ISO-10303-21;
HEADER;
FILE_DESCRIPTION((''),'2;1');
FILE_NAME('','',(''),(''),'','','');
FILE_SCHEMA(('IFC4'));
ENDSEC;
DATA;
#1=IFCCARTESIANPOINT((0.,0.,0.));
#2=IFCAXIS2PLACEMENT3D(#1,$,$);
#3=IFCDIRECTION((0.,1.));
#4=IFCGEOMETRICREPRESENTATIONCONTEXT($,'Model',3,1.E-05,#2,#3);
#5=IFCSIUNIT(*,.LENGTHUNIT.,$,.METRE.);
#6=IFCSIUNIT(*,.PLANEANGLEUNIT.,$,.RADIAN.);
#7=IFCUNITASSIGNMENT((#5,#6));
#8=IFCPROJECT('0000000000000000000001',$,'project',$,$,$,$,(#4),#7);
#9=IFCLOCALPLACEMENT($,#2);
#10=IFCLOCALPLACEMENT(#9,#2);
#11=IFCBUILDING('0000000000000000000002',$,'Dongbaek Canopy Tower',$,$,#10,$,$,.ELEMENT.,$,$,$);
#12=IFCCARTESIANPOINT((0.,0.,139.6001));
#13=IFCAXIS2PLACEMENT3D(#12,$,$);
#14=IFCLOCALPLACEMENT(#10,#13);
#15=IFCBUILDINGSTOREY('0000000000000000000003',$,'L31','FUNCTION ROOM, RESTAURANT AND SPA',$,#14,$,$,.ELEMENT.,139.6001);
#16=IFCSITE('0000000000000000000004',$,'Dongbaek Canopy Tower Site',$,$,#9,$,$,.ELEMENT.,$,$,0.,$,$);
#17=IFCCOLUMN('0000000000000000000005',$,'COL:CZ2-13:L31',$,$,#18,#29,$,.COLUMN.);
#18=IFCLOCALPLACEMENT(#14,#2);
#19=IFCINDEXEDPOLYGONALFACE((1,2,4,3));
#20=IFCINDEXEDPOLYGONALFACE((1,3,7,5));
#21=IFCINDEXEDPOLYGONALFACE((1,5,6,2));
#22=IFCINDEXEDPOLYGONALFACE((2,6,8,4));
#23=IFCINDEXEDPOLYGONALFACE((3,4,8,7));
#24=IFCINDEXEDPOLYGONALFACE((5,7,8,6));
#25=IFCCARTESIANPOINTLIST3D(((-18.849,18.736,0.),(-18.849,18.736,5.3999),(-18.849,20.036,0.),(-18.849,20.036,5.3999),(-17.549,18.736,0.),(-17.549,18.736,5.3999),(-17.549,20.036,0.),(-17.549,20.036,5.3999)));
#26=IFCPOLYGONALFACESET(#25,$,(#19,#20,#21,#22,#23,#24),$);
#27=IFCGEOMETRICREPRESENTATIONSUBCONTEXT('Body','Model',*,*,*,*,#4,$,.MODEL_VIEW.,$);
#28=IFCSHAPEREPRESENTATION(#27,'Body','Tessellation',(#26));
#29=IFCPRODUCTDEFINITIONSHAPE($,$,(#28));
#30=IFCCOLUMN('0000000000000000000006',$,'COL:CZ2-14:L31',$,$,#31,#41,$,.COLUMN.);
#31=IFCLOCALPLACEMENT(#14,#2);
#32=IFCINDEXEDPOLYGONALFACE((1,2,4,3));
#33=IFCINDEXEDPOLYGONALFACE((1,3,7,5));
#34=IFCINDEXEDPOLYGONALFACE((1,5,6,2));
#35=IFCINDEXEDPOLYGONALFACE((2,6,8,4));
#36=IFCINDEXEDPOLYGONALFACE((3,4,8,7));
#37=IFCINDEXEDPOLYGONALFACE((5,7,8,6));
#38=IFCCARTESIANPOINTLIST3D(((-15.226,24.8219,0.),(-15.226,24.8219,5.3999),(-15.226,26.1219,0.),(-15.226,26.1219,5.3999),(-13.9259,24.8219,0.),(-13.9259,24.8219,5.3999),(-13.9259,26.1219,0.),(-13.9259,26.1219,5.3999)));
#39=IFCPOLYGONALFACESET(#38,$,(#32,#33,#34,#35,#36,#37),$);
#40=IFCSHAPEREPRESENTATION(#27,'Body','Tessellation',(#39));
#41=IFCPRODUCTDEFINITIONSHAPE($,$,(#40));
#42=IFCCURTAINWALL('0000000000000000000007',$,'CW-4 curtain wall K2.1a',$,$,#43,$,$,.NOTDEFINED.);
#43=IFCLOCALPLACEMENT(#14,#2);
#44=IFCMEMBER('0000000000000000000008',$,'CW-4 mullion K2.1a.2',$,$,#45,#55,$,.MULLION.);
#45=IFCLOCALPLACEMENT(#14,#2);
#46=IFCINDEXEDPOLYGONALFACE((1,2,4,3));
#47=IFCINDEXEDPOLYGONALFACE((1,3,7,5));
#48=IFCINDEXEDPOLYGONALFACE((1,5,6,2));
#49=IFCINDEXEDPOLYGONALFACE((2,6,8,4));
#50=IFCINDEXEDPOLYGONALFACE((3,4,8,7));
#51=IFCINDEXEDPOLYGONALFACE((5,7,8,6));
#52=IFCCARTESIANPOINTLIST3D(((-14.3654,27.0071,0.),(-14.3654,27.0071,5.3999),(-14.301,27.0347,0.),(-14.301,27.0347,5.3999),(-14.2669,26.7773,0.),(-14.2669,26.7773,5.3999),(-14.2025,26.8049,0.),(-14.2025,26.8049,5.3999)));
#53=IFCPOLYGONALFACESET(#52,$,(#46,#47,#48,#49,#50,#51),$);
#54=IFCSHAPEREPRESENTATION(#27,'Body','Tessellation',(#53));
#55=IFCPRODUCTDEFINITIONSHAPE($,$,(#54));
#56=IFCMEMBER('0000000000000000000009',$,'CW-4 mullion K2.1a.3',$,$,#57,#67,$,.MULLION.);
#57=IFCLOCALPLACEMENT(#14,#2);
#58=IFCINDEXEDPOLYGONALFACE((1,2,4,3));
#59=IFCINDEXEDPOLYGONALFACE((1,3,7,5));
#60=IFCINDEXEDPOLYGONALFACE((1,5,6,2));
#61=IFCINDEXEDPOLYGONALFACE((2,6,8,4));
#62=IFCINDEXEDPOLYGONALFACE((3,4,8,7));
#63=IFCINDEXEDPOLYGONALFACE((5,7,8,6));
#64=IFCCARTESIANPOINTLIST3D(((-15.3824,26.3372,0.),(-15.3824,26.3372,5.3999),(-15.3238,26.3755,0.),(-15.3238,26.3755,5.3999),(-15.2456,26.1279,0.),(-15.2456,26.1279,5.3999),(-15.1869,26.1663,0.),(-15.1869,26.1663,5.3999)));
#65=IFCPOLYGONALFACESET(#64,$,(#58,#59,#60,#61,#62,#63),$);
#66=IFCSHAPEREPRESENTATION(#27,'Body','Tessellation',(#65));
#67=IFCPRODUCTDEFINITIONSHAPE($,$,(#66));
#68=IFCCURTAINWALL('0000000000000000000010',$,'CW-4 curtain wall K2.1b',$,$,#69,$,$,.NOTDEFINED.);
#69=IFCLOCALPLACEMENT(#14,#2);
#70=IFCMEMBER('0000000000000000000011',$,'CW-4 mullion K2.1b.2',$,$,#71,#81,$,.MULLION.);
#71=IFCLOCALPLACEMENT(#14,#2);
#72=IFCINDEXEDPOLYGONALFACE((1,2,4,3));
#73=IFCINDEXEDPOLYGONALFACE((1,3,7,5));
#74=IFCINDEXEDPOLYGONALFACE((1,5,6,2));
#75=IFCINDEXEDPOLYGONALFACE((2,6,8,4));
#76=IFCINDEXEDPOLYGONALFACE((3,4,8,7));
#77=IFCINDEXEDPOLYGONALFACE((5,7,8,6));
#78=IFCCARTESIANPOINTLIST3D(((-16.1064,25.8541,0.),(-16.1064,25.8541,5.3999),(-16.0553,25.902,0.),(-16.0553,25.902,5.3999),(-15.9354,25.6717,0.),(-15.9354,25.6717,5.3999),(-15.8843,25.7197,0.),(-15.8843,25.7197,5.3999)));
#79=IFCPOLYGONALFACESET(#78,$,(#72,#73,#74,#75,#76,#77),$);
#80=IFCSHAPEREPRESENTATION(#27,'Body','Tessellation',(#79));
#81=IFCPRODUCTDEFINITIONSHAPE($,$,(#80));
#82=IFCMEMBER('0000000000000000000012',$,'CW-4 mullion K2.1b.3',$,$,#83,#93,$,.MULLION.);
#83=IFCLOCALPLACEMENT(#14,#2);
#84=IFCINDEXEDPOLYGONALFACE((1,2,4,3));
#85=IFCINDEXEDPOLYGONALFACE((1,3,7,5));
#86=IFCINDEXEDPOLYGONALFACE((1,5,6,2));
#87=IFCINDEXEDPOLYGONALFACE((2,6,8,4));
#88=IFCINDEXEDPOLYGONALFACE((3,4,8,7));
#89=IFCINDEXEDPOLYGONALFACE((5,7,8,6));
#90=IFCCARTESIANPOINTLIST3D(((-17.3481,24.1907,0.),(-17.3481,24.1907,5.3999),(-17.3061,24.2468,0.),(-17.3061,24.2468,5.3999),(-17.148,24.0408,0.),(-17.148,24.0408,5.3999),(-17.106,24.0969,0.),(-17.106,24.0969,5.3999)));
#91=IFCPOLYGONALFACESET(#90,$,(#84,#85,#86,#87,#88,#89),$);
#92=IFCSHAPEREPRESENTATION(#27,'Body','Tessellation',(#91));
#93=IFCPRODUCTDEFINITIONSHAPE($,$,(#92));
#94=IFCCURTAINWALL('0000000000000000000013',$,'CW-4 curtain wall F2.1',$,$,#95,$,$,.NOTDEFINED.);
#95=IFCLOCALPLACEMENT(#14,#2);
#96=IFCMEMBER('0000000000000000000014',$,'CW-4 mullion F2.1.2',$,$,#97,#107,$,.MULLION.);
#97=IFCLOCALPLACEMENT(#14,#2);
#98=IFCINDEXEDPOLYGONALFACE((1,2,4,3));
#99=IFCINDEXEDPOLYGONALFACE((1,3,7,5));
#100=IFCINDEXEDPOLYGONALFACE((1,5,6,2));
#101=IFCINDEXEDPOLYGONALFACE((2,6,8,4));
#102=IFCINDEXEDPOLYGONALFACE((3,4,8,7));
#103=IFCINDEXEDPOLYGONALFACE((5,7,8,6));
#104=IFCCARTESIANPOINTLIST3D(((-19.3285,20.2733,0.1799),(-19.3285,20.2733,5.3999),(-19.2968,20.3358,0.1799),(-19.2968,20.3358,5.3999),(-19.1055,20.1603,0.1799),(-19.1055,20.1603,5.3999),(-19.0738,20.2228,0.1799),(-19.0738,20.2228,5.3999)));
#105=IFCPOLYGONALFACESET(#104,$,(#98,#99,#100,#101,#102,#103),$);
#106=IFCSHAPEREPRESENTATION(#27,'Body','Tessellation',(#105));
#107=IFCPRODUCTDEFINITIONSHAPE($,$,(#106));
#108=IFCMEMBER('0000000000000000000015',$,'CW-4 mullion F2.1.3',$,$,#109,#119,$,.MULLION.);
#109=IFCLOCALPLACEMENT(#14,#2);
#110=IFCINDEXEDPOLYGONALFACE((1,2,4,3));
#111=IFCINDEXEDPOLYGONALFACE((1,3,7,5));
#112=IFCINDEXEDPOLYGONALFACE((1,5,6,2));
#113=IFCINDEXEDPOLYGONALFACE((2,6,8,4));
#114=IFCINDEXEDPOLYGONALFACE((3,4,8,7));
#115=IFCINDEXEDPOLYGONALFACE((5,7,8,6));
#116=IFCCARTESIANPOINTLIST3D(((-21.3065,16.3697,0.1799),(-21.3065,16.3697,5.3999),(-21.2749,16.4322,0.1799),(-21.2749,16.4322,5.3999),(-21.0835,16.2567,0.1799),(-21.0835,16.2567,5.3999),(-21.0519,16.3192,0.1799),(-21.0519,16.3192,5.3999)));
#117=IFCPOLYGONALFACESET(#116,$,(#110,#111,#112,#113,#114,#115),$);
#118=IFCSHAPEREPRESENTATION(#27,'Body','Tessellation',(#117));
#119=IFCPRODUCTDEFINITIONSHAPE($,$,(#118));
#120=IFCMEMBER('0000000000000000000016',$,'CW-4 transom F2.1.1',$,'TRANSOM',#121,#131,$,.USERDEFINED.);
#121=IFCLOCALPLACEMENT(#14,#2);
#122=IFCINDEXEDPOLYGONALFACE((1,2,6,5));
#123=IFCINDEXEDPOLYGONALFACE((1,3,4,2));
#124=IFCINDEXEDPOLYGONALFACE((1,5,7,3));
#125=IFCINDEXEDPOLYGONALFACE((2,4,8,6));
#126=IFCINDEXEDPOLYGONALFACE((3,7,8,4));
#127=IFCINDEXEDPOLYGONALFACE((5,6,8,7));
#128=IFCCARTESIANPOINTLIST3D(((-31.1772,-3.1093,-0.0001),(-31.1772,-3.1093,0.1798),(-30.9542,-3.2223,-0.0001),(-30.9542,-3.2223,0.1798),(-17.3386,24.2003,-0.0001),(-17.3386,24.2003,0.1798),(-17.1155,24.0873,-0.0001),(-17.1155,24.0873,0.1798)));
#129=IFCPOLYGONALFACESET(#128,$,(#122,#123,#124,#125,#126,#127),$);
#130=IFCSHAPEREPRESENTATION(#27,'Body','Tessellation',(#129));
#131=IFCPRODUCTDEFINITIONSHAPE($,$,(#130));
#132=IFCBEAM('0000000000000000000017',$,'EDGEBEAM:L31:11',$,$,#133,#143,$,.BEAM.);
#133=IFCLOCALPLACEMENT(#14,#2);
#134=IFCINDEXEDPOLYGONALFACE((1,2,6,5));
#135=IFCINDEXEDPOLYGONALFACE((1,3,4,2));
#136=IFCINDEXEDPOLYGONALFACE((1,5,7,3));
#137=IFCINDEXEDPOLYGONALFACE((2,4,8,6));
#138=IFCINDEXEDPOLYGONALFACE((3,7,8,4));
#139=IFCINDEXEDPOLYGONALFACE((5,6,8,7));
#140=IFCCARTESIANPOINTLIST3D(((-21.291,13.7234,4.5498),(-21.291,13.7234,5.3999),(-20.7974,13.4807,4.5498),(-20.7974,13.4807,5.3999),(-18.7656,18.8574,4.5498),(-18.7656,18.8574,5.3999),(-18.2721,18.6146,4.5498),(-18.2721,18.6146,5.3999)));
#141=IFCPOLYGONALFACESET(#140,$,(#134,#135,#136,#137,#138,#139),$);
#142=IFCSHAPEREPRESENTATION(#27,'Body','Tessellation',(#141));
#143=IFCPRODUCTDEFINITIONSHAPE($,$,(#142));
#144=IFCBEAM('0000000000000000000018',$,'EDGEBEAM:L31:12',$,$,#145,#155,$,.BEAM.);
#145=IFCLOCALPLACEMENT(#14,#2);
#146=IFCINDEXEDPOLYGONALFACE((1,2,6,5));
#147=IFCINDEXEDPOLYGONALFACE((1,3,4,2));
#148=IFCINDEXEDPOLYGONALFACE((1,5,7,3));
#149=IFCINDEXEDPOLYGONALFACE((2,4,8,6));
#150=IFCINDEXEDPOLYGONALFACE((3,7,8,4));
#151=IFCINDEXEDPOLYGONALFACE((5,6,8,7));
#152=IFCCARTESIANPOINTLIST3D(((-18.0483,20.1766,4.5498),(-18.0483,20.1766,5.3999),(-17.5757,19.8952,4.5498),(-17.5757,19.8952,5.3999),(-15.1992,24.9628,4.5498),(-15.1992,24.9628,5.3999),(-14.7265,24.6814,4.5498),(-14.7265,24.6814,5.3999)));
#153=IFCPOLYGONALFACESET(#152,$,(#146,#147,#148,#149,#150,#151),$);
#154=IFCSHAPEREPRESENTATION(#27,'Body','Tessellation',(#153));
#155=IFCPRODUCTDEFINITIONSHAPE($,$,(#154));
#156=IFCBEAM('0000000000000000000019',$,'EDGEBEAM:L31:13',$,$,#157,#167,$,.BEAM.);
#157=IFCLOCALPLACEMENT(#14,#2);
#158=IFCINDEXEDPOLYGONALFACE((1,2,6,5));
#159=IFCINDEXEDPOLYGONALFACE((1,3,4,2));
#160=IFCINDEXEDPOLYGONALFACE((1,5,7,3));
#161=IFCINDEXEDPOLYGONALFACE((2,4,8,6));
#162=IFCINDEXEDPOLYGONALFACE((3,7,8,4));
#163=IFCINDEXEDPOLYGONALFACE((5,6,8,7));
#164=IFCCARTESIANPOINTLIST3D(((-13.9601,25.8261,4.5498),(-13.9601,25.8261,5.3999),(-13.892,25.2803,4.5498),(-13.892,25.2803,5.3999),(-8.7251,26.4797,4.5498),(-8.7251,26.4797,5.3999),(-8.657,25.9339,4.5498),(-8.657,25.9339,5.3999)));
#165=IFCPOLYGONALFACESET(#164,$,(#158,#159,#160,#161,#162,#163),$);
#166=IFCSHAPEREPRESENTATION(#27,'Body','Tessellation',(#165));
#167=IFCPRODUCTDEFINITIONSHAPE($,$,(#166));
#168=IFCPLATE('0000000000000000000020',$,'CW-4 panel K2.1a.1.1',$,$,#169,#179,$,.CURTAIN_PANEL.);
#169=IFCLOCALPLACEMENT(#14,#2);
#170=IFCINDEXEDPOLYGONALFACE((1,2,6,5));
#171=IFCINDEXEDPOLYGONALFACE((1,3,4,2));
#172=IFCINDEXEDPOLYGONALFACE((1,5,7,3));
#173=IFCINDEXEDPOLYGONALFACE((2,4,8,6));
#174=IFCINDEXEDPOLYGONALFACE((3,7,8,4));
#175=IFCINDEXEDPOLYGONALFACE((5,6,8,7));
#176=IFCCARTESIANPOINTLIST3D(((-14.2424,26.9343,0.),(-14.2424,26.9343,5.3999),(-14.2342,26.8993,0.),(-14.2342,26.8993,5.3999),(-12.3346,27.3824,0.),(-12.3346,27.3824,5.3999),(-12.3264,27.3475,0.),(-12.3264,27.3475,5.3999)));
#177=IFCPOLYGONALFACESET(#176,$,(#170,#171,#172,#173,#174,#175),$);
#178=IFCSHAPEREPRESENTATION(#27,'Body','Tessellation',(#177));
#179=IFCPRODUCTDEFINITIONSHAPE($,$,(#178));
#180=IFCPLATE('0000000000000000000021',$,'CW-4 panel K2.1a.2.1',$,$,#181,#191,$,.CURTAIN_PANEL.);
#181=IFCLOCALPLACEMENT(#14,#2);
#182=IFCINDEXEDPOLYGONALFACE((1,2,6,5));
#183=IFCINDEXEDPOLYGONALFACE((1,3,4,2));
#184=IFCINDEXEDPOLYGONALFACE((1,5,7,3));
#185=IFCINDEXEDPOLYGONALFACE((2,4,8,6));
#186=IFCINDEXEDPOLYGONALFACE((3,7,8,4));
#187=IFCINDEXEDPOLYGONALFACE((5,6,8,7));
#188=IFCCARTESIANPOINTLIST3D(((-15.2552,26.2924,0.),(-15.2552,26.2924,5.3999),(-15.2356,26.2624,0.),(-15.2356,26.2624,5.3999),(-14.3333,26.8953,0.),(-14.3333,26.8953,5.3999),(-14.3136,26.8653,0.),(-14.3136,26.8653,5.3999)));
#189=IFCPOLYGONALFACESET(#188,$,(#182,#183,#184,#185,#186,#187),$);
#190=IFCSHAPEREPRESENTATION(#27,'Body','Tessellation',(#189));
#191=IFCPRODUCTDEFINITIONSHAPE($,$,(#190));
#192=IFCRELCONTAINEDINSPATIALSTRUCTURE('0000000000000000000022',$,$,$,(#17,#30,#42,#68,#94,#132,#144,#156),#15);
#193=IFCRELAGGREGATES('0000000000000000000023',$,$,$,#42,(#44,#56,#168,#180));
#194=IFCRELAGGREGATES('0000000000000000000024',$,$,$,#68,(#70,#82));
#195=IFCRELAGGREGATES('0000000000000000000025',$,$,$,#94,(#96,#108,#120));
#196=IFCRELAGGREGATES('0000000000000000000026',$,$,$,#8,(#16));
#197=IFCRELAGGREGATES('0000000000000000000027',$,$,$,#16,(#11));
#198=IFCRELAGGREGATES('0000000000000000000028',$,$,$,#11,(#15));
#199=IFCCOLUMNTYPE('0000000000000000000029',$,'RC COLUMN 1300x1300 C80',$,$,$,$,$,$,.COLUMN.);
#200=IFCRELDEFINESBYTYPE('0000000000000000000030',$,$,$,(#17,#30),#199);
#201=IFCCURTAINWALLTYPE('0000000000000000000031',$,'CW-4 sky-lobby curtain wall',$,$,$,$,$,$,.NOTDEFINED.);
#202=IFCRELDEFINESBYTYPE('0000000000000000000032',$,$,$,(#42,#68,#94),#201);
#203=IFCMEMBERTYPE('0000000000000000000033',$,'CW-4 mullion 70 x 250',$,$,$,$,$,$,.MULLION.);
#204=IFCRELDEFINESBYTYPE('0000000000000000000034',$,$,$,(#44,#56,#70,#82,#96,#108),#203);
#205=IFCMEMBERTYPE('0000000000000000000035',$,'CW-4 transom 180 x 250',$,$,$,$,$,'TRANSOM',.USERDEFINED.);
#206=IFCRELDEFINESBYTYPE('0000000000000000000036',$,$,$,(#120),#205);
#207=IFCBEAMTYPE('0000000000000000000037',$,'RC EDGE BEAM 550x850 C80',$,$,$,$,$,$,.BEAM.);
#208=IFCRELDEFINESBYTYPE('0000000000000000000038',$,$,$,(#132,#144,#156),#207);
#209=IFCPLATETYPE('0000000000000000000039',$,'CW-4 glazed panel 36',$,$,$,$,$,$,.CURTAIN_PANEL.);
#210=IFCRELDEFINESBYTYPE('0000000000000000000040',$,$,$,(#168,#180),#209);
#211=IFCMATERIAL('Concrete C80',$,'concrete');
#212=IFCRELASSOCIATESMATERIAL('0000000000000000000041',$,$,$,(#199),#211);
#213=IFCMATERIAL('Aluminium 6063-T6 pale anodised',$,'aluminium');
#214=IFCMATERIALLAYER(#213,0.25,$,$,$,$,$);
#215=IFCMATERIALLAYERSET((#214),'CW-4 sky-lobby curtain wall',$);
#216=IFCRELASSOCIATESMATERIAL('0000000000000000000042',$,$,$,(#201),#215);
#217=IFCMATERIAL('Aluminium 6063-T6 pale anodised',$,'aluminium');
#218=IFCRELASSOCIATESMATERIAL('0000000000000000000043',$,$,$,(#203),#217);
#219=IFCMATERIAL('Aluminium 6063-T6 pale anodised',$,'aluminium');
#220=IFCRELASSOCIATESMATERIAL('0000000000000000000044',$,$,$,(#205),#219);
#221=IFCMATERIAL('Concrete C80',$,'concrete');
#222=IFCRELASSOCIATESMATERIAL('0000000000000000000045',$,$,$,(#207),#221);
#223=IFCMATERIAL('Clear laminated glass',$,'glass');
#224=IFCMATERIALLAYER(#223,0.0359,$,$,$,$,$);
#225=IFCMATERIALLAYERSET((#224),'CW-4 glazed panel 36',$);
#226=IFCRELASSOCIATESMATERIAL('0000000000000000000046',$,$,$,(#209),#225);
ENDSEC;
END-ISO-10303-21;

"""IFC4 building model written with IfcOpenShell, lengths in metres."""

from ifc_helpers import new_model, si_unit, direction, frame, origin, origin_2d, place, context, subcontext, project, spatial, rectangle, extrude, material, layer, layer_set, material_profile, profile_set, type_object, element, aggregate, save


model = new_model("IFC4")

# Units and contexts
model_context = context("Model", 3, precision=1e-05, world=origin(), true_north=direction((0.0, 1.0)))
body_context = subcontext(model_context, "Body", "Model", "MODEL_VIEW")
ifc_project = project(units=[si_unit("LENGTHUNIT", "METRE"), si_unit("PLANEANGLEUNIT", "RADIAN")], contexts=[model_context])

# Site, building, storey
site_placement = place(None, origin())
site = spatial("IfcSite", under=ifc_project, at=site_placement, Name="Dongbaek Canopy Tower Site", CompositionType="ELEMENT", RefElevation=0.0)
building_placement = place(site_placement, origin())
building = spatial("IfcBuilding", under=site, at=building_placement, Name="Dongbaek Canopy Tower", CompositionType="ELEMENT")
storey_placement = place(building_placement, frame((0.0, 0.0, 139.6001)))
storey = spatial("IfcBuildingStorey", under=building, at=storey_placement, Name="L31", Description="FUNCTION ROOM, RESTAURANT AND SPA", CompositionType="ELEMENT", Elevation=139.6001)

# Columns
ifc_material_1 = material(Name="Concrete C80", Category="concrete")
ifc_material_profile_1 = material_profile(ifc_material_1, rectangle(XDim=1.3, YDim=1.3, at=origin_2d()), Name="RC COLUMN 1300x1300 C80")
ifc_profile_set_1 = profile_set([ifc_material_profile_1], Name="Concrete C80")
column_type = type_object("IfcColumnType", Name="RC COLUMN 1300x1300 C80", PredefinedType="COLUMN", material=ifc_profile_set_1)
for number, where, z_axis, x_axis, name in (
    (1, (-18.199, 19.386, 0.0), (0.0, 0.0, 1.0), (1.0, 0.0, 0.0), "COL:CZ2-13:L31"),
    (2, (-14.5759, 25.4719, 0.0), (0.0, 0.0, 1.0), (1.0, 0.0, 0.0), "COL:CZ2-14:L31"),
):
    element("IfcColumn", number, at=place(storey_placement, frame(where, z_axis=z_axis, x_axis=x_axis)), inside=storey, type_object=column_type, Name=name, PredefinedType="COLUMN", context=body_context, shape_type="SweptSolid", body=[
        extrude(rectangle(XDim=1.3, YDim=1.3, at=origin_2d()), origin(), (0.0, 0.0, 1.0), 5.3999),
    ])

# Curtain walls, members
ifc_material_2 = material(Name="Aluminium 6063-T6 pale anodised", Category="aluminium")
ifc_layer_1 = layer(ifc_material_2, 0.25)
ifc_layer_set_1 = layer_set([ifc_layer_1], Name="CW-4 sky-lobby curtain wall")
curtain_wall_type = type_object("IfcCurtainWallType", Name="CW-4 sky-lobby curtain wall", PredefinedType="NOTDEFINED", material=ifc_layer_set_1)
curtain_wall_1_placement = place(storey_placement, origin())
curtain_wall_1 = element("IfcCurtainWall", 3, at=curtain_wall_1_placement, inside=storey, type_object=curtain_wall_type, Name="CW-4 curtain wall K2.1a", PredefinedType="NOTDEFINED")
ifc_material_3 = material(Name="Aluminium 6063-T6 pale anodised", Category="aluminium")
ifc_material_profile_2 = material_profile(ifc_material_3, rectangle(XDim=0.25, YDim=0.0701, at=origin_2d()), Name="CW-4 mullion 70 x 250")
ifc_profile_set_2 = profile_set([ifc_material_profile_2], Name="Aluminium 6063-T6 pale anodised")
member_type_1 = type_object("IfcMemberType", Name="CW-4 mullion 70 x 250", PredefinedType="MULLION", material=ifc_profile_set_2)
member_1_placement = place(storey_placement, frame((-14.2839, 26.906, 0.0), z_axis=(0.0, 0.0, 1.0), x_axis=(-0.393965, 0.919125, 0.0)))
member_1 = element("IfcMember", 4, at=member_1_placement, type_object=member_type_1, Name="CW-4 mullion K2.1a.2", PredefinedType="MULLION", context=body_context, shape_type="SweptSolid", body=[
    extrude(rectangle(XDim=0.25, YDim=0.0701, at=origin_2d()), origin(), (0.0, 0.0, 1.0), 5.3999),
])
member_2_placement = place(storey_placement, frame((-15.2847, 26.2517, 0.0), z_axis=(0.0, 0.0, 1.0), x_axis=(-0.547313, 0.836928, 0.0)))
member_2 = element("IfcMember", 5, at=member_2_placement, type_object=member_type_1, Name="CW-4 mullion K2.1a.3", PredefinedType="MULLION", context=body_context, shape_type="SweptSolid", body=[
    extrude(rectangle(XDim=0.25, YDim=0.0701, at=origin_2d()), origin(), (0.0, 0.0, 1.0), 5.3999),
])
curtain_wall_2_placement = place(storey_placement, origin())
curtain_wall_2 = element("IfcCurtainWall", 6, at=curtain_wall_2_placement, inside=storey, type_object=curtain_wall_type, Name="CW-4 curtain wall K2.1b", PredefinedType="NOTDEFINED")
member_3_placement = place(storey_placement, frame((-15.9954, 25.7869, 0.0), z_axis=(0.0, 0.0, 1.0), x_axis=(-0.684092, 0.729396, 0.0)))
member_3 = element("IfcMember", 7, at=member_3_placement, type_object=member_type_1, Name="CW-4 mullion K2.1b.2", PredefinedType="MULLION", context=body_context, shape_type="SweptSolid", body=[
    extrude(rectangle(XDim=0.25, YDim=0.0701, at=origin_2d()), origin(), (0.0, 0.0, 1.0), 5.3999),
])
member_4_placement = place(storey_placement, frame((-17.2271, 24.1438, 0.0), z_axis=(0.0, 0.0, 1.0), x_axis=(-0.800163, 0.599783, 0.0)))
member_4 = element("IfcMember", 8, at=member_4_placement, type_object=member_type_1, Name="CW-4 mullion K2.1b.3", PredefinedType="MULLION", context=body_context, shape_type="SweptSolid", body=[
    extrude(rectangle(XDim=0.25, YDim=0.0701, at=origin_2d()), origin(), (0.0, 0.0, 1.0), 5.3999),
])
curtain_wall_3_placement = place(storey_placement, origin())
curtain_wall_3 = element("IfcCurtainWall", 9, at=curtain_wall_3_placement, inside=storey, type_object=curtain_wall_type, Name="CW-4 curtain wall F2.1", PredefinedType="NOTDEFINED")
member_5_placement = place(storey_placement, frame((-19.2012, 20.248, 0.1799), z_axis=(0.0, 0.0, 1.0), x_axis=(-0.892011, 0.452014, 0.0)))
member_5 = element("IfcMember", 10, at=member_5_placement, type_object=member_type_1, Name="CW-4 mullion F2.1.2", PredefinedType="MULLION", context=body_context, shape_type="SweptSolid", body=[
    extrude(rectangle(XDim=0.25, YDim=0.0701, at=origin_2d()), origin(), (0.0, 0.0, 1.0), 5.22),
])
member_6_placement = place(storey_placement, frame((-21.1792, 16.3445, 0.1799), z_axis=(0.0, 0.0, 1.0), x_axis=(-0.892011, 0.452014, 0.0)))
member_6 = element("IfcMember", 11, at=member_6_placement, type_object=member_type_1, Name="CW-4 mullion F2.1.3", PredefinedType="MULLION", context=body_context, shape_type="SweptSolid", body=[
    extrude(rectangle(XDim=0.25, YDim=0.0701, at=origin_2d()), origin(), (0.0, 0.0, 1.0), 5.22),
])
ifc_material_4 = material(Name="Aluminium 6063-T6 pale anodised", Category="aluminium")
ifc_material_profile_3 = material_profile(ifc_material_4, rectangle(XDim=0.25, YDim=0.1799, at=origin_2d()), Name="CW-4 transom 180 x 250")
ifc_profile_set_3 = profile_set([ifc_material_profile_3], Name="Aluminium 6063-T6 pale anodised")
member_type_2 = type_object("IfcMemberType", Name="CW-4 transom 180 x 250", ElementType="TRANSOM", PredefinedType="USERDEFINED", material=ifc_profile_set_3)
member_7_placement = place(storey_placement, frame((-17.2271, 24.1438, 0.0898), z_axis=(-0.452011, -0.892012, 0.0), x_axis=(0.892012, -0.452011, 0.0)))
member_7 = element("IfcMember", 12, at=member_7_placement, type_object=member_type_2, Name="CW-4 transom F2.1.1", ObjectType="TRANSOM", PredefinedType="USERDEFINED", context=body_context, shape_type="SweptSolid", body=[
    extrude(rectangle(XDim=0.25, YDim=0.1799, at=origin_2d()), origin(), (0.0, 0.0, 1.0), 30.6157),
])

# Beams
ifc_material_5 = material(Name="Concrete C80", Category="concrete")
ifc_material_profile_4 = material_profile(ifc_material_5, rectangle(XDim=0.55, YDim=0.8501, at=origin_2d()), Name="RC EDGE BEAM 550x850 C80")
ifc_profile_set_4 = profile_set([ifc_material_profile_4], Name="Concrete C80")
beam_type = type_object("IfcBeamType", Name="RC EDGE BEAM 550x850 C80", PredefinedType="BEAM", material=ifc_profile_set_4)
beam_1_placement = place(storey_placement, frame((-21.0442, 13.6021, 4.9749), z_axis=(0.441384, 0.897318, 0.0), x_axis=(-0.897318, 0.441384, 0.0)))
element("IfcBeam", 13, at=beam_1_placement, inside=storey, type_object=beam_type, Name="EDGEBEAM:L31:11", PredefinedType="BEAM", context=body_context, shape_type="SweptSolid", body=[
    extrude(rectangle(XDim=0.55, YDim=0.8501, at=origin_2d()), origin(), (0.0, 0.0, 1.0), 5.7214),
])
beam_2_placement = place(storey_placement, frame((-17.812, 20.0359, 4.9749), z_axis=(0.511515, 0.859275, 0.0), x_axis=(-0.859275, 0.511515, 0.0)))
element("IfcBeam", 14, at=beam_2_placement, inside=storey, type_object=beam_type, Name="EDGEBEAM:L31:12", PredefinedType="BEAM", context=body_context, shape_type="SweptSolid", body=[
    extrude(rectangle(XDim=0.55, YDim=0.8501, at=origin_2d()), origin(), (0.0, 0.0, 1.0), 5.5701),
])
beam_3_placement = place(storey_placement, frame((-13.926, 25.5532, 4.9749), z_axis=(0.992297, 0.123881, 0.0), x_axis=(-0.123881, 0.992297, 0.0)))
element("IfcBeam", 15, at=beam_3_placement, inside=storey, type_object=beam_type, Name="EDGEBEAM:L31:13", PredefinedType="BEAM", context=body_context, shape_type="SweptSolid", body=[
    extrude(rectangle(XDim=0.55, YDim=0.8501, at=origin_2d()), origin(), (0.0, 0.0, 1.0), 5.2756),
])

# Plates
ifc_material_6 = material(Name="Clear laminated glass", Category="glass")
ifc_layer_2 = layer(ifc_material_6, 0.0359)
ifc_layer_set_2 = layer_set([ifc_layer_2], Name="CW-4 glazed panel 36")
plate_type = type_object("IfcPlateType", Name="CW-4 glazed panel 36", PredefinedType="CURTAIN_PANEL", material=ifc_layer_set_2)
plate_1_placement = place(storey_placement, frame((-13.2844, 27.1409, 0.0), z_axis=(0.0, 0.0, 1.0), x_axis=(-0.973499, -0.228692, 0.0)))
plate_1 = element("IfcPlate", 16, at=plate_1_placement, type_object=plate_type, Name="CW-4 panel K2.1a.1.1", PredefinedType="CURTAIN_PANEL", context=body_context, shape_type="SweptSolid", body=[
    extrude(rectangle(XDim=1.9597, YDim=0.0359, at=origin_2d()), origin(), (0.0, 0.0, 1.0), 5.3999),
])
plate_2_placement = place(storey_placement, frame((-14.7844, 26.5789, 0.0), z_axis=(0.0, 0.0, 1.0), x_axis=(-0.836928, -0.547313, 0.0)))
plate_2 = element("IfcPlate", 17, at=plate_2_placement, type_object=plate_type, Name="CW-4 panel K2.1a.2.1", PredefinedType="CURTAIN_PANEL", context=body_context, shape_type="SweptSolid", body=[
    extrude(rectangle(XDim=1.1016, YDim=0.0359, at=origin_2d()), origin(), (0.0, 0.0, 1.0), 5.3999),
])
aggregate(curtain_wall_1, [member_1, member_2, plate_1, plate_2])
aggregate(curtain_wall_2, [member_3, member_4])
aggregate(curtain_wall_3, [member_5, member_6, member_7])

save(model, "model.ifc")
